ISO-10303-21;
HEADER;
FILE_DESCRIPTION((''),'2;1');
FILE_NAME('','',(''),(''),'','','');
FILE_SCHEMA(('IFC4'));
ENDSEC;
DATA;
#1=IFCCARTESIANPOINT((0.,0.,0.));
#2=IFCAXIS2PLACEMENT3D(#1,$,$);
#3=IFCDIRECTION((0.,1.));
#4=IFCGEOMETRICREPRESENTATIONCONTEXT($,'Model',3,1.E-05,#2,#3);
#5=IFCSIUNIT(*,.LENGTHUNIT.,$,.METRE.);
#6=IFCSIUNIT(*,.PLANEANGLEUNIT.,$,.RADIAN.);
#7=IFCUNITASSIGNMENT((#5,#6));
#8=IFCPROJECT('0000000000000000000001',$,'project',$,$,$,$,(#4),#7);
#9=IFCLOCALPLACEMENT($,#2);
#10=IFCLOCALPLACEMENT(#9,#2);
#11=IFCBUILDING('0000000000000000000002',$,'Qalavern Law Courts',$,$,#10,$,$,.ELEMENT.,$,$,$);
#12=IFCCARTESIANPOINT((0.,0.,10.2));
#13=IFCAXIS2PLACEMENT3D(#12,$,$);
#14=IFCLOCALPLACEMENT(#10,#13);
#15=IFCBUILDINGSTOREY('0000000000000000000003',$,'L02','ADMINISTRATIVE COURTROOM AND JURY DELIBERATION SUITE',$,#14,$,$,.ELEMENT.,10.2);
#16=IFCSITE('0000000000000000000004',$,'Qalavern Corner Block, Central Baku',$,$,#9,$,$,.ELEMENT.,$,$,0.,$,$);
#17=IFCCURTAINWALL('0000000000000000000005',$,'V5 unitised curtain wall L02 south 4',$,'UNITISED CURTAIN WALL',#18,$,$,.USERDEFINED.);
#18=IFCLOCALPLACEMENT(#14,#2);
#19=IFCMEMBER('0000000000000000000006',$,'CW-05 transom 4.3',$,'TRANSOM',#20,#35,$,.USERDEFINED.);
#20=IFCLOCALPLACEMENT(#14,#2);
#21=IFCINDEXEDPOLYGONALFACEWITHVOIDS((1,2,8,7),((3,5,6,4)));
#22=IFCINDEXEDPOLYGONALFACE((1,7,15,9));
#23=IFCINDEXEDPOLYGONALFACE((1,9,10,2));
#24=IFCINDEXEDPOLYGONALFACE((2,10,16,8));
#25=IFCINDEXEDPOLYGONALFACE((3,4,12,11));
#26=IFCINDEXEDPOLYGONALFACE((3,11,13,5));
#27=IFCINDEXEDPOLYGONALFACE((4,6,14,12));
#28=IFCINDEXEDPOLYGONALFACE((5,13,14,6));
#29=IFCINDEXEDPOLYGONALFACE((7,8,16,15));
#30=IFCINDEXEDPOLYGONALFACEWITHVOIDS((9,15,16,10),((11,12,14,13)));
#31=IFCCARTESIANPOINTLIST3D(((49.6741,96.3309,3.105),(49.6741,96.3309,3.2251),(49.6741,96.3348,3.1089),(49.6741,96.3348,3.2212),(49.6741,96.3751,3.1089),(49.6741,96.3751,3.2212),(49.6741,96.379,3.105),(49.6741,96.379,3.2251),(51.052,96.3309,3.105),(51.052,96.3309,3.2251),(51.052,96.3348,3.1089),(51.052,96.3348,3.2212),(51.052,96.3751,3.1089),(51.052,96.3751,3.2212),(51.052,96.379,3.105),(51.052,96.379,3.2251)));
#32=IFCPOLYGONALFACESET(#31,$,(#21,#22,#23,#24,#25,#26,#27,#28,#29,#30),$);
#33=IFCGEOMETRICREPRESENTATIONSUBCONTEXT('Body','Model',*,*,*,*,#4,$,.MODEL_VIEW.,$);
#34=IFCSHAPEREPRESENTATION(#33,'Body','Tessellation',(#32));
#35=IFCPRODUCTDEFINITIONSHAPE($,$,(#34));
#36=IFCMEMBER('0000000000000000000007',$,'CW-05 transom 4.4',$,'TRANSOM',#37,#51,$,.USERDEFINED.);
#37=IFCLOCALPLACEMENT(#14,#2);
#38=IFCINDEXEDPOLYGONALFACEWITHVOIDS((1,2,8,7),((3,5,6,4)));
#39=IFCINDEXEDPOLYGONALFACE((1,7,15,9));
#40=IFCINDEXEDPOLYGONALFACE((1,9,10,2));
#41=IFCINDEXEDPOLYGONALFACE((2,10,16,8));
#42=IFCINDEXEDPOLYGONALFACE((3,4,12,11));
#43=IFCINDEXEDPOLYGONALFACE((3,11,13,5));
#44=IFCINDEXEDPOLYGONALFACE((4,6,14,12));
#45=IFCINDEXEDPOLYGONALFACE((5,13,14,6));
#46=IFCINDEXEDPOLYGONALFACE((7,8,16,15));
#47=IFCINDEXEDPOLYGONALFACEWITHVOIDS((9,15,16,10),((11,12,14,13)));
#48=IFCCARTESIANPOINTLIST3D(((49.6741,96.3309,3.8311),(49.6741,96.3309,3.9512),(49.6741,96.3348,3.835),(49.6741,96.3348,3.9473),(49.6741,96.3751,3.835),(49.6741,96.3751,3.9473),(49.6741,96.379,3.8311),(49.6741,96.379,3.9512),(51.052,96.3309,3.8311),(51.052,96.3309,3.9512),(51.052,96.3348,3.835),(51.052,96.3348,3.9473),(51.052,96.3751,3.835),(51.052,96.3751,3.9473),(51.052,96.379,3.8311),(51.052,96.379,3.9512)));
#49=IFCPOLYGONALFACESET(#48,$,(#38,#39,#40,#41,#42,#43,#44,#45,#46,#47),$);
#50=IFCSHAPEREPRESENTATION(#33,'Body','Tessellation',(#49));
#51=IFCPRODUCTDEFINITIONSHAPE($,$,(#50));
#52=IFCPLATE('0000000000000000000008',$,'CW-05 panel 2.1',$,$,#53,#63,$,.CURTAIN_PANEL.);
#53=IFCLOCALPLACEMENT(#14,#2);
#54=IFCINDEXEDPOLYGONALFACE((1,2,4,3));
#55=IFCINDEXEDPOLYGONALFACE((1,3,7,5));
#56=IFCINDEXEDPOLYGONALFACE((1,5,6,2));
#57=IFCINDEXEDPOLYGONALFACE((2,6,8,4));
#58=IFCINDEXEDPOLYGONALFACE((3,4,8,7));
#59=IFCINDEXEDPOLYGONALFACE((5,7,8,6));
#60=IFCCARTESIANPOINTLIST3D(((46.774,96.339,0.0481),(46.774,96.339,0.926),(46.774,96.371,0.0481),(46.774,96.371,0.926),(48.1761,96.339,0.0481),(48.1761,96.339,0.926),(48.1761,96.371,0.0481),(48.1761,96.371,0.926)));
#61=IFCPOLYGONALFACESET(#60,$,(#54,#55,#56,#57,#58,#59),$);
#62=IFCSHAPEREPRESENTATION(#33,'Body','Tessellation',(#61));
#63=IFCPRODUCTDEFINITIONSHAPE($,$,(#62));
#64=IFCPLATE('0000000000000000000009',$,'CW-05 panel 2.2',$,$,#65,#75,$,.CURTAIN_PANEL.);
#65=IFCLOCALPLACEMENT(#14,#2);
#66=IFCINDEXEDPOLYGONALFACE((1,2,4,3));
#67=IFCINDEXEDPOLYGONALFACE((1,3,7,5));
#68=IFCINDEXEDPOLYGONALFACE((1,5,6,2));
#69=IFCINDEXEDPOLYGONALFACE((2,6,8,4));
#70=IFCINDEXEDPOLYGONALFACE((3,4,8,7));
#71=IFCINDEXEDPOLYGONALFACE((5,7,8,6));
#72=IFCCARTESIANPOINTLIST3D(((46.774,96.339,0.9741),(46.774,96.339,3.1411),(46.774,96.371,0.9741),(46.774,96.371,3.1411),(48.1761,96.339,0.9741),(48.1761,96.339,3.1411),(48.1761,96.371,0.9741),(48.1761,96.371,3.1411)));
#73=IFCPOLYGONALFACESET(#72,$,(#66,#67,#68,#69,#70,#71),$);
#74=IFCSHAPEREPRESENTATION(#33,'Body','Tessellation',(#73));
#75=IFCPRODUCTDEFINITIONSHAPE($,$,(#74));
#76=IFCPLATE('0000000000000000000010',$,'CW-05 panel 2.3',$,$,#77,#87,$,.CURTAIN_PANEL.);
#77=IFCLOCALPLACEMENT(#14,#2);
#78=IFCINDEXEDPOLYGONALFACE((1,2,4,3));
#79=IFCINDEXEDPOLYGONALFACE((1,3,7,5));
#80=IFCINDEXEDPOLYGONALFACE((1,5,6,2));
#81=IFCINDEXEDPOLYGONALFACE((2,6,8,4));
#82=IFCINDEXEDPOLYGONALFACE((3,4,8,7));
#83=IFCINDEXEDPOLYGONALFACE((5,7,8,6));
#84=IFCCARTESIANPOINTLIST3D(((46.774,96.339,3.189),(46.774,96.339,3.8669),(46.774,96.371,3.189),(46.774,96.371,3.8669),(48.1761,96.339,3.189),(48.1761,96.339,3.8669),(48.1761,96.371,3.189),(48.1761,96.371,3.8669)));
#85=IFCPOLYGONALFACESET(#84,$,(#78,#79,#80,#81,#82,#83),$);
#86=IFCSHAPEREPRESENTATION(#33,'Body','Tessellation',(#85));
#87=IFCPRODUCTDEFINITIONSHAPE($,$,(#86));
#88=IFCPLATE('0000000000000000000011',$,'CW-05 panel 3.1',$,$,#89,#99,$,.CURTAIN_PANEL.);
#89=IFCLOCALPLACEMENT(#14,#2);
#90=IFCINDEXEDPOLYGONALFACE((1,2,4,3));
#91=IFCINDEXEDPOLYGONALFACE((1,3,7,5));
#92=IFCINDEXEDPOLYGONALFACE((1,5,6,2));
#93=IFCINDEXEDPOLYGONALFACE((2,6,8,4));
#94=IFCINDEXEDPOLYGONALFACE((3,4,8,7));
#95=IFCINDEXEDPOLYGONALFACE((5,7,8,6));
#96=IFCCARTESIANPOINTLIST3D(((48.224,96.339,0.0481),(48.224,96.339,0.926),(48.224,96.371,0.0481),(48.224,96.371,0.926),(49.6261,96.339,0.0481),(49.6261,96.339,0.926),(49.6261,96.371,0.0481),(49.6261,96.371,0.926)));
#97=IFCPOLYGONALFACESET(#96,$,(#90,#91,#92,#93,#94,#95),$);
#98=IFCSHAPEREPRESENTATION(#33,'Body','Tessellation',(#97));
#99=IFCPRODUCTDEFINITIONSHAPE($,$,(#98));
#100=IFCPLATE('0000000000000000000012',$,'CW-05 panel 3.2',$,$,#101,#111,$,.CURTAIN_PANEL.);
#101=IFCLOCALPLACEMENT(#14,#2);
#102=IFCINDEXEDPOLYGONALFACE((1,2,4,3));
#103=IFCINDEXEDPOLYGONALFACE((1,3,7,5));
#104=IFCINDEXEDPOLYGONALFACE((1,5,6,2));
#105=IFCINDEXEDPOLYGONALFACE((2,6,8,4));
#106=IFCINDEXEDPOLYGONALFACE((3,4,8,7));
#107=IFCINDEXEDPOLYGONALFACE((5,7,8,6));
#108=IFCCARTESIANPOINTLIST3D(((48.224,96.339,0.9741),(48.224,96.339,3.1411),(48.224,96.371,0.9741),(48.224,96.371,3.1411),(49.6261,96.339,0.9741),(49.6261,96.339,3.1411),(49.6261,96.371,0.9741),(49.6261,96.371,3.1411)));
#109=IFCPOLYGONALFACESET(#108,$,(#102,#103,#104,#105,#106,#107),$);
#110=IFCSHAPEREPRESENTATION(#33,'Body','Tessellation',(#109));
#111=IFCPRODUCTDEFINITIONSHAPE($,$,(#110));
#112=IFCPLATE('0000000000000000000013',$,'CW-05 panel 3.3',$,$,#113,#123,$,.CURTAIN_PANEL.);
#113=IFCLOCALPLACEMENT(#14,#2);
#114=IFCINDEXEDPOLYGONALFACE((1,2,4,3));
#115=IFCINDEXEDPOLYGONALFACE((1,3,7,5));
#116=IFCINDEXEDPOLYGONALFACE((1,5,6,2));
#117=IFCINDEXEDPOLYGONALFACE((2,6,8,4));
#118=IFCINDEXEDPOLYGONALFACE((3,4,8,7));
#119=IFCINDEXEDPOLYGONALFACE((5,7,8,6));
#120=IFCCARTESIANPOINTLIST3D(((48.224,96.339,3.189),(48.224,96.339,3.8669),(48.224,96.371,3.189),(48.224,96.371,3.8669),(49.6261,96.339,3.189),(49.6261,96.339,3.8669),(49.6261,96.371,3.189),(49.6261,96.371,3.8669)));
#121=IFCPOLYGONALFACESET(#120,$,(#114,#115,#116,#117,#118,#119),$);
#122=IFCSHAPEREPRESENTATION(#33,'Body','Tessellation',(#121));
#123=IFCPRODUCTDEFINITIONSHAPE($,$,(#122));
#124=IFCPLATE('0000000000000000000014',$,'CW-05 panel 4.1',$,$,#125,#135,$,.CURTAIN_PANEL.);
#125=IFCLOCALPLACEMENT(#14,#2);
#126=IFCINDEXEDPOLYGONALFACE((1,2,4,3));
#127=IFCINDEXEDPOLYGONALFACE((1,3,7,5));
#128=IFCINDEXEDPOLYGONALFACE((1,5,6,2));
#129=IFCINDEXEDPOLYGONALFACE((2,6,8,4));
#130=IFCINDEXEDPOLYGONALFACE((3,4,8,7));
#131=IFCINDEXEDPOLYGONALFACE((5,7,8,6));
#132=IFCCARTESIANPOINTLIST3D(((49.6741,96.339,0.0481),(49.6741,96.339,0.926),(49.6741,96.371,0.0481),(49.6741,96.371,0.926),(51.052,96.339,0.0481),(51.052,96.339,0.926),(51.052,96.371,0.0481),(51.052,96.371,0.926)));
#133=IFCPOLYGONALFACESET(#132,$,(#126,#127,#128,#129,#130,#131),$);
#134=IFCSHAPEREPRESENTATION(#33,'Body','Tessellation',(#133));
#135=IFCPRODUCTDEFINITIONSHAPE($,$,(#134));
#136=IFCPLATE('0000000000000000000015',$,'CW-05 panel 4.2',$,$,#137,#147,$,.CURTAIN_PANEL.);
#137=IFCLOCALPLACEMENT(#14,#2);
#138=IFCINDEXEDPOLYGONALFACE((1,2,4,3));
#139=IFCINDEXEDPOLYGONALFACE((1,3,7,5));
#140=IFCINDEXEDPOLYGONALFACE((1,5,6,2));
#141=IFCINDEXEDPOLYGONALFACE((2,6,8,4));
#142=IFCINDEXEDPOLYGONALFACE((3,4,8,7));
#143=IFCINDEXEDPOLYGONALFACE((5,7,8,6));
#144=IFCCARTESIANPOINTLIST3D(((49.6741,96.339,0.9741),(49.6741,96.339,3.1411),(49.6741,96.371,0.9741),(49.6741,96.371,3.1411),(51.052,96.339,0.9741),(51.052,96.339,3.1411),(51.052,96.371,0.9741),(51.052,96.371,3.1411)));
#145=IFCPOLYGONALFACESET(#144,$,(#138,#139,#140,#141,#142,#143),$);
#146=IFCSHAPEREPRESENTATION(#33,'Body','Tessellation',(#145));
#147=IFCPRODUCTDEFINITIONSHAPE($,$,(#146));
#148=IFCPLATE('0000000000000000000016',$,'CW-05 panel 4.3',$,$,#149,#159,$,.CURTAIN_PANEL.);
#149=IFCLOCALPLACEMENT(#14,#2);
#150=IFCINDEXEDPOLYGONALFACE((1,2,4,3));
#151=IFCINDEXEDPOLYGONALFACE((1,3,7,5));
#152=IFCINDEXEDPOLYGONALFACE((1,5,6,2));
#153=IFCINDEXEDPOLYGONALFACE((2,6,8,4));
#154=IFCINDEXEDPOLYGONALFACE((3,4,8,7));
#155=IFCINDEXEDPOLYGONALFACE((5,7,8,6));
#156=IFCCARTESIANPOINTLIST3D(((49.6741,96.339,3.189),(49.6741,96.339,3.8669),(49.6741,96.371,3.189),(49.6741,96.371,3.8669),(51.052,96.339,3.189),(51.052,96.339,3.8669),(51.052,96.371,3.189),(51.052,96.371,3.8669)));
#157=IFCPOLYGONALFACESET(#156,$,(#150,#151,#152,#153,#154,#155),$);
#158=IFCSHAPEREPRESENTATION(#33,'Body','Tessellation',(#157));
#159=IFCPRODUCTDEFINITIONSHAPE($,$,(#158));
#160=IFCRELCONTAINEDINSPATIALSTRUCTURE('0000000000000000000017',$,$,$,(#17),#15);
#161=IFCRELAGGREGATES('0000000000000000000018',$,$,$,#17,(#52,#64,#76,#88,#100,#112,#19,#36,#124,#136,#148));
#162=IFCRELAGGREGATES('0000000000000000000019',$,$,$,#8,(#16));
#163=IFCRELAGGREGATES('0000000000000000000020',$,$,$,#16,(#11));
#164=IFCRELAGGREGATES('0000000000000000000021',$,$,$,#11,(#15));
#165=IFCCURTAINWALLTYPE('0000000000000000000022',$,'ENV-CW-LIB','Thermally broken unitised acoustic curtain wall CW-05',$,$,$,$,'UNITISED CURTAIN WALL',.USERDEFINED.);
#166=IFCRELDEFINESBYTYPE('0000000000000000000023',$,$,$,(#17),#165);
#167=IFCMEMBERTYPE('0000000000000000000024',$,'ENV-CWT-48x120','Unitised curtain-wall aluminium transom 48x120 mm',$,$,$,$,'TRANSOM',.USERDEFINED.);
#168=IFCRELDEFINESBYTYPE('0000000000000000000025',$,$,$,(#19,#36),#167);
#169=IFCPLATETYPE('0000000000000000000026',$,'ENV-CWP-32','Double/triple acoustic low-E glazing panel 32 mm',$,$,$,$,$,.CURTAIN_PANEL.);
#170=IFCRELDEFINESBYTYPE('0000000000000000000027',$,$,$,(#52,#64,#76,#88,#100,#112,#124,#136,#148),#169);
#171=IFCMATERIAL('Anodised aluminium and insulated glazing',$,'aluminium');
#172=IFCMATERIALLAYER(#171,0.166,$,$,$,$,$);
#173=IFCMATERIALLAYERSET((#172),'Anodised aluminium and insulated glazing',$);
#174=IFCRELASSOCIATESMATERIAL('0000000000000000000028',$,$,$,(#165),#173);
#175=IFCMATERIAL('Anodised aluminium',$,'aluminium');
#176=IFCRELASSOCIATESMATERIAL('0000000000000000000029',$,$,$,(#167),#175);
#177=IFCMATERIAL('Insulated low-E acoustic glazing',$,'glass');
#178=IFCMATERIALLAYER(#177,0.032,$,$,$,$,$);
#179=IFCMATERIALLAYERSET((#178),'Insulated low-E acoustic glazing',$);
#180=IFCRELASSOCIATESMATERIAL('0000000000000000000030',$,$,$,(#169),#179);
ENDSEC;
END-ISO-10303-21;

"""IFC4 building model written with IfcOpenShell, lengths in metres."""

from ifc_helpers import new_model, si_unit, direction, frame, origin, origin_2d, place, context, subcontext, project, spatial, rectangle, hollow_rectangle, extrude, material, layer, layer_set, material_profile, profile_set, type_object, element, aggregate, save


model = new_model("IFC4")

# Units and contexts
model_context = context("Model", 3, precision=1e-05, world=origin(), true_north=direction((0.0, 1.0)))
body_context = subcontext(model_context, "Body", "Model", "MODEL_VIEW")
ifc_project = project(units=[si_unit("LENGTHUNIT", "METRE"), si_unit("PLANEANGLEUNIT", "RADIAN")], contexts=[model_context])

# Site, building, storey
site_placement = place(None, origin())
site = spatial("IfcSite", under=ifc_project, at=site_placement, Name="Qalavern Corner Block, Central Baku", CompositionType="ELEMENT", RefElevation=0.0)
building_placement = place(site_placement, origin())
building = spatial("IfcBuilding", under=site, at=building_placement, Name="Qalavern Law Courts", CompositionType="ELEMENT")
storey_placement = place(building_placement, frame((0.0, 0.0, 10.2)))
storey = spatial("IfcBuildingStorey", under=building, at=storey_placement, Name="L02", Description="ADMINISTRATIVE COURTROOM AND JURY DELIBERATION SUITE", CompositionType="ELEMENT", Elevation=10.2)

# Curtain wall, members, plates
ifc_material_1 = material(Name="Anodised aluminium and insulated glazing", Category="aluminium")
ifc_layer_1 = layer(ifc_material_1, 0.166)
ifc_layer_set_1 = layer_set([ifc_layer_1], Name="Anodised aluminium and insulated glazing")
curtain_wall_type = type_object("IfcCurtainWallType", Name="ENV-CW-LIB", Description="Thermally broken unitised acoustic curtain wall CW-05", ElementType="UNITISED CURTAIN WALL", PredefinedType="USERDEFINED", material=ifc_layer_set_1)
curtain_wall_placement = place(storey_placement, origin())
curtain_wall = element("IfcCurtainWall", 1, at=curtain_wall_placement, inside=storey, type_object=curtain_wall_type, Name="V5 unitised curtain wall L02 south 4", ObjectType="UNITISED CURTAIN WALL", PredefinedType="USERDEFINED")
ifc_material_2 = material(Name="Anodised aluminium", Category="aluminium")
ifc_material_profile_1 = material_profile(ifc_material_2, hollow_rectangle(XDim=0.0481, YDim=0.1201, WallThickness=0.0039, at=origin_2d()), Name="ALU TRANSOM 48x120")
ifc_profile_set_1 = profile_set([ifc_material_profile_1], Name="Anodised aluminium")
member_type_1 = type_object("IfcMemberType", Name="ENV-CWT-48x120", Description="Unitised curtain-wall aluminium transom 48x120 mm", ElementType="TRANSOM", PredefinedType="USERDEFINED", material=ifc_profile_set_1)
member_1_placement = place(storey_placement, frame((49.6741, 96.355, 3.165), z_axis=(1.0, 0.0, 0.0), x_axis=(0.0, 1.0, 0.0)))
member_1 = element("IfcMember", 2, at=member_1_placement, type_object=member_type_1, Name="CW-05 transom 4.3", ObjectType="TRANSOM", PredefinedType="USERDEFINED", context=body_context, shape_type="SweptSolid", body=[
    extrude(hollow_rectangle(XDim=0.0481, YDim=0.1201, WallThickness=0.0039, at=origin_2d()), origin(), (0.0, 0.0, 1.0), 1.3779),
])
member_2_placement = place(storey_placement, frame((49.6741, 96.355, 3.8911), z_axis=(1.0, 0.0, 0.0), x_axis=(0.0, 1.0, 0.0)))
member_2 = element("IfcMember", 3, at=member_2_placement, type_object=member_type_1, Name="CW-05 transom 4.4", ObjectType="TRANSOM", PredefinedType="USERDEFINED", context=body_context, shape_type="SweptSolid", body=[
    extrude(hollow_rectangle(XDim=0.0481, YDim=0.1201, WallThickness=0.0039, at=origin_2d()), origin(), (0.0, 0.0, 1.0), 1.3779),
])
ifc_material_3 = material(Name="Insulated low-E acoustic glazing", Category="glass")
ifc_layer_2 = layer(ifc_material_3, 0.032)
ifc_layer_set_2 = layer_set([ifc_layer_2], Name="Insulated low-E acoustic glazing")
plate_type = type_object("IfcPlateType", Name="ENV-CWP-32", Description="Double/triple acoustic low-E glazing panel 32 mm", PredefinedType="CURTAIN_PANEL", material=ifc_layer_set_2)
plate_1_placement = place(storey_placement, frame((47.4751, 96.355, 0.0481), z_axis=(0.0, 0.0, 1.0), x_axis=(1.0, 0.0, 0.0)))
plate_1 = element("IfcPlate", 4, at=plate_1_placement, type_object=plate_type, Name="CW-05 panel 2.1", PredefinedType="CURTAIN_PANEL", context=body_context, shape_type="SweptSolid", body=[
    extrude(rectangle(XDim=1.4021, YDim=0.032, at=origin_2d()), origin(), (0.0, 0.0, 1.0), 0.8779),
])
plate_2_placement = place(storey_placement, frame((47.4751, 96.355, 0.9741), z_axis=(0.0, 0.0, 1.0), x_axis=(1.0, 0.0, 0.0)))
plate_2 = element("IfcPlate", 5, at=plate_2_placement, type_object=plate_type, Name="CW-05 panel 2.2", PredefinedType="CURTAIN_PANEL", context=body_context, shape_type="SweptSolid", body=[
    extrude(rectangle(XDim=1.4021, YDim=0.032, at=origin_2d()), origin(), (0.0, 0.0, 1.0), 2.167),
])
plate_3_placement = place(storey_placement, frame((47.4751, 96.355, 3.189), z_axis=(0.0, 0.0, 1.0), x_axis=(1.0, 0.0, 0.0)))
plate_3 = element("IfcPlate", 6, at=plate_3_placement, type_object=plate_type, Name="CW-05 panel 2.3", PredefinedType="CURTAIN_PANEL", context=body_context, shape_type="SweptSolid", body=[
    extrude(rectangle(XDim=1.4021, YDim=0.032, at=origin_2d()), origin(), (0.0, 0.0, 1.0), 0.678),
])
plate_4_placement = place(storey_placement, frame((48.925, 96.355, 0.0481), z_axis=(0.0, 0.0, 1.0), x_axis=(1.0, 0.0, 0.0)))
plate_4 = element("IfcPlate", 7, at=plate_4_placement, type_object=plate_type, Name="CW-05 panel 3.1", PredefinedType="CURTAIN_PANEL", context=body_context, shape_type="SweptSolid", body=[
    extrude(rectangle(XDim=1.4021, YDim=0.032, at=origin_2d()), origin(), (0.0, 0.0, 1.0), 0.8779),
])
plate_5_placement = place(storey_placement, frame((48.925, 96.355, 0.9741), z_axis=(0.0, 0.0, 1.0), x_axis=(1.0, 0.0, 0.0)))
plate_5 = element("IfcPlate", 8, at=plate_5_placement, type_object=plate_type, Name="CW-05 panel 3.2", PredefinedType="CURTAIN_PANEL", context=body_context, shape_type="SweptSolid", body=[
    extrude(rectangle(XDim=1.4021, YDim=0.032, at=origin_2d()), origin(), (0.0, 0.0, 1.0), 2.167),
])
plate_6_placement = place(storey_placement, frame((48.925, 96.355, 3.189), z_axis=(0.0, 0.0, 1.0), x_axis=(1.0, 0.0, 0.0)))
plate_6 = element("IfcPlate", 9, at=plate_6_placement, type_object=plate_type, Name="CW-05 panel 3.3", PredefinedType="CURTAIN_PANEL", context=body_context, shape_type="SweptSolid", body=[
    extrude(rectangle(XDim=1.4021, YDim=0.032, at=origin_2d()), origin(), (0.0, 0.0, 1.0), 0.678),
])
plate_7_placement = place(storey_placement, frame((50.363, 96.355, 0.0481), z_axis=(0.0, 0.0, 1.0), x_axis=(1.0, 0.0, 0.0)))
plate_7 = element("IfcPlate", 10, at=plate_7_placement, type_object=plate_type, Name="CW-05 panel 4.1", PredefinedType="CURTAIN_PANEL", context=body_context, shape_type="SweptSolid", body=[
    extrude(rectangle(XDim=1.3779, YDim=0.032, at=origin_2d()), origin(), (0.0, 0.0, 1.0), 0.8779),
])
plate_8_placement = place(storey_placement, frame((50.363, 96.355, 0.9741), z_axis=(0.0, 0.0, 1.0), x_axis=(1.0, 0.0, 0.0)))
plate_8 = element("IfcPlate", 11, at=plate_8_placement, type_object=plate_type, Name="CW-05 panel 4.2", PredefinedType="CURTAIN_PANEL", context=body_context, shape_type="SweptSolid", body=[
    extrude(rectangle(XDim=1.3779, YDim=0.032, at=origin_2d()), origin(), (0.0, 0.0, 1.0), 2.167),
])
plate_9_placement = place(storey_placement, frame((50.363, 96.355, 3.189), z_axis=(0.0, 0.0, 1.0), x_axis=(1.0, 0.0, 0.0)))
plate_9 = element("IfcPlate", 12, at=plate_9_placement, type_object=plate_type, Name="CW-05 panel 4.3", PredefinedType="CURTAIN_PANEL", context=body_context, shape_type="SweptSolid", body=[
    extrude(rectangle(XDim=1.3779, YDim=0.032, at=origin_2d()), origin(), (0.0, 0.0, 1.0), 0.678),
])
aggregate(curtain_wall, [plate_1, plate_2, plate_3, plate_4, plate_5, plate_6, member_1, member_2, plate_7, plate_8, plate_9])

save(model, "model.ifc")
